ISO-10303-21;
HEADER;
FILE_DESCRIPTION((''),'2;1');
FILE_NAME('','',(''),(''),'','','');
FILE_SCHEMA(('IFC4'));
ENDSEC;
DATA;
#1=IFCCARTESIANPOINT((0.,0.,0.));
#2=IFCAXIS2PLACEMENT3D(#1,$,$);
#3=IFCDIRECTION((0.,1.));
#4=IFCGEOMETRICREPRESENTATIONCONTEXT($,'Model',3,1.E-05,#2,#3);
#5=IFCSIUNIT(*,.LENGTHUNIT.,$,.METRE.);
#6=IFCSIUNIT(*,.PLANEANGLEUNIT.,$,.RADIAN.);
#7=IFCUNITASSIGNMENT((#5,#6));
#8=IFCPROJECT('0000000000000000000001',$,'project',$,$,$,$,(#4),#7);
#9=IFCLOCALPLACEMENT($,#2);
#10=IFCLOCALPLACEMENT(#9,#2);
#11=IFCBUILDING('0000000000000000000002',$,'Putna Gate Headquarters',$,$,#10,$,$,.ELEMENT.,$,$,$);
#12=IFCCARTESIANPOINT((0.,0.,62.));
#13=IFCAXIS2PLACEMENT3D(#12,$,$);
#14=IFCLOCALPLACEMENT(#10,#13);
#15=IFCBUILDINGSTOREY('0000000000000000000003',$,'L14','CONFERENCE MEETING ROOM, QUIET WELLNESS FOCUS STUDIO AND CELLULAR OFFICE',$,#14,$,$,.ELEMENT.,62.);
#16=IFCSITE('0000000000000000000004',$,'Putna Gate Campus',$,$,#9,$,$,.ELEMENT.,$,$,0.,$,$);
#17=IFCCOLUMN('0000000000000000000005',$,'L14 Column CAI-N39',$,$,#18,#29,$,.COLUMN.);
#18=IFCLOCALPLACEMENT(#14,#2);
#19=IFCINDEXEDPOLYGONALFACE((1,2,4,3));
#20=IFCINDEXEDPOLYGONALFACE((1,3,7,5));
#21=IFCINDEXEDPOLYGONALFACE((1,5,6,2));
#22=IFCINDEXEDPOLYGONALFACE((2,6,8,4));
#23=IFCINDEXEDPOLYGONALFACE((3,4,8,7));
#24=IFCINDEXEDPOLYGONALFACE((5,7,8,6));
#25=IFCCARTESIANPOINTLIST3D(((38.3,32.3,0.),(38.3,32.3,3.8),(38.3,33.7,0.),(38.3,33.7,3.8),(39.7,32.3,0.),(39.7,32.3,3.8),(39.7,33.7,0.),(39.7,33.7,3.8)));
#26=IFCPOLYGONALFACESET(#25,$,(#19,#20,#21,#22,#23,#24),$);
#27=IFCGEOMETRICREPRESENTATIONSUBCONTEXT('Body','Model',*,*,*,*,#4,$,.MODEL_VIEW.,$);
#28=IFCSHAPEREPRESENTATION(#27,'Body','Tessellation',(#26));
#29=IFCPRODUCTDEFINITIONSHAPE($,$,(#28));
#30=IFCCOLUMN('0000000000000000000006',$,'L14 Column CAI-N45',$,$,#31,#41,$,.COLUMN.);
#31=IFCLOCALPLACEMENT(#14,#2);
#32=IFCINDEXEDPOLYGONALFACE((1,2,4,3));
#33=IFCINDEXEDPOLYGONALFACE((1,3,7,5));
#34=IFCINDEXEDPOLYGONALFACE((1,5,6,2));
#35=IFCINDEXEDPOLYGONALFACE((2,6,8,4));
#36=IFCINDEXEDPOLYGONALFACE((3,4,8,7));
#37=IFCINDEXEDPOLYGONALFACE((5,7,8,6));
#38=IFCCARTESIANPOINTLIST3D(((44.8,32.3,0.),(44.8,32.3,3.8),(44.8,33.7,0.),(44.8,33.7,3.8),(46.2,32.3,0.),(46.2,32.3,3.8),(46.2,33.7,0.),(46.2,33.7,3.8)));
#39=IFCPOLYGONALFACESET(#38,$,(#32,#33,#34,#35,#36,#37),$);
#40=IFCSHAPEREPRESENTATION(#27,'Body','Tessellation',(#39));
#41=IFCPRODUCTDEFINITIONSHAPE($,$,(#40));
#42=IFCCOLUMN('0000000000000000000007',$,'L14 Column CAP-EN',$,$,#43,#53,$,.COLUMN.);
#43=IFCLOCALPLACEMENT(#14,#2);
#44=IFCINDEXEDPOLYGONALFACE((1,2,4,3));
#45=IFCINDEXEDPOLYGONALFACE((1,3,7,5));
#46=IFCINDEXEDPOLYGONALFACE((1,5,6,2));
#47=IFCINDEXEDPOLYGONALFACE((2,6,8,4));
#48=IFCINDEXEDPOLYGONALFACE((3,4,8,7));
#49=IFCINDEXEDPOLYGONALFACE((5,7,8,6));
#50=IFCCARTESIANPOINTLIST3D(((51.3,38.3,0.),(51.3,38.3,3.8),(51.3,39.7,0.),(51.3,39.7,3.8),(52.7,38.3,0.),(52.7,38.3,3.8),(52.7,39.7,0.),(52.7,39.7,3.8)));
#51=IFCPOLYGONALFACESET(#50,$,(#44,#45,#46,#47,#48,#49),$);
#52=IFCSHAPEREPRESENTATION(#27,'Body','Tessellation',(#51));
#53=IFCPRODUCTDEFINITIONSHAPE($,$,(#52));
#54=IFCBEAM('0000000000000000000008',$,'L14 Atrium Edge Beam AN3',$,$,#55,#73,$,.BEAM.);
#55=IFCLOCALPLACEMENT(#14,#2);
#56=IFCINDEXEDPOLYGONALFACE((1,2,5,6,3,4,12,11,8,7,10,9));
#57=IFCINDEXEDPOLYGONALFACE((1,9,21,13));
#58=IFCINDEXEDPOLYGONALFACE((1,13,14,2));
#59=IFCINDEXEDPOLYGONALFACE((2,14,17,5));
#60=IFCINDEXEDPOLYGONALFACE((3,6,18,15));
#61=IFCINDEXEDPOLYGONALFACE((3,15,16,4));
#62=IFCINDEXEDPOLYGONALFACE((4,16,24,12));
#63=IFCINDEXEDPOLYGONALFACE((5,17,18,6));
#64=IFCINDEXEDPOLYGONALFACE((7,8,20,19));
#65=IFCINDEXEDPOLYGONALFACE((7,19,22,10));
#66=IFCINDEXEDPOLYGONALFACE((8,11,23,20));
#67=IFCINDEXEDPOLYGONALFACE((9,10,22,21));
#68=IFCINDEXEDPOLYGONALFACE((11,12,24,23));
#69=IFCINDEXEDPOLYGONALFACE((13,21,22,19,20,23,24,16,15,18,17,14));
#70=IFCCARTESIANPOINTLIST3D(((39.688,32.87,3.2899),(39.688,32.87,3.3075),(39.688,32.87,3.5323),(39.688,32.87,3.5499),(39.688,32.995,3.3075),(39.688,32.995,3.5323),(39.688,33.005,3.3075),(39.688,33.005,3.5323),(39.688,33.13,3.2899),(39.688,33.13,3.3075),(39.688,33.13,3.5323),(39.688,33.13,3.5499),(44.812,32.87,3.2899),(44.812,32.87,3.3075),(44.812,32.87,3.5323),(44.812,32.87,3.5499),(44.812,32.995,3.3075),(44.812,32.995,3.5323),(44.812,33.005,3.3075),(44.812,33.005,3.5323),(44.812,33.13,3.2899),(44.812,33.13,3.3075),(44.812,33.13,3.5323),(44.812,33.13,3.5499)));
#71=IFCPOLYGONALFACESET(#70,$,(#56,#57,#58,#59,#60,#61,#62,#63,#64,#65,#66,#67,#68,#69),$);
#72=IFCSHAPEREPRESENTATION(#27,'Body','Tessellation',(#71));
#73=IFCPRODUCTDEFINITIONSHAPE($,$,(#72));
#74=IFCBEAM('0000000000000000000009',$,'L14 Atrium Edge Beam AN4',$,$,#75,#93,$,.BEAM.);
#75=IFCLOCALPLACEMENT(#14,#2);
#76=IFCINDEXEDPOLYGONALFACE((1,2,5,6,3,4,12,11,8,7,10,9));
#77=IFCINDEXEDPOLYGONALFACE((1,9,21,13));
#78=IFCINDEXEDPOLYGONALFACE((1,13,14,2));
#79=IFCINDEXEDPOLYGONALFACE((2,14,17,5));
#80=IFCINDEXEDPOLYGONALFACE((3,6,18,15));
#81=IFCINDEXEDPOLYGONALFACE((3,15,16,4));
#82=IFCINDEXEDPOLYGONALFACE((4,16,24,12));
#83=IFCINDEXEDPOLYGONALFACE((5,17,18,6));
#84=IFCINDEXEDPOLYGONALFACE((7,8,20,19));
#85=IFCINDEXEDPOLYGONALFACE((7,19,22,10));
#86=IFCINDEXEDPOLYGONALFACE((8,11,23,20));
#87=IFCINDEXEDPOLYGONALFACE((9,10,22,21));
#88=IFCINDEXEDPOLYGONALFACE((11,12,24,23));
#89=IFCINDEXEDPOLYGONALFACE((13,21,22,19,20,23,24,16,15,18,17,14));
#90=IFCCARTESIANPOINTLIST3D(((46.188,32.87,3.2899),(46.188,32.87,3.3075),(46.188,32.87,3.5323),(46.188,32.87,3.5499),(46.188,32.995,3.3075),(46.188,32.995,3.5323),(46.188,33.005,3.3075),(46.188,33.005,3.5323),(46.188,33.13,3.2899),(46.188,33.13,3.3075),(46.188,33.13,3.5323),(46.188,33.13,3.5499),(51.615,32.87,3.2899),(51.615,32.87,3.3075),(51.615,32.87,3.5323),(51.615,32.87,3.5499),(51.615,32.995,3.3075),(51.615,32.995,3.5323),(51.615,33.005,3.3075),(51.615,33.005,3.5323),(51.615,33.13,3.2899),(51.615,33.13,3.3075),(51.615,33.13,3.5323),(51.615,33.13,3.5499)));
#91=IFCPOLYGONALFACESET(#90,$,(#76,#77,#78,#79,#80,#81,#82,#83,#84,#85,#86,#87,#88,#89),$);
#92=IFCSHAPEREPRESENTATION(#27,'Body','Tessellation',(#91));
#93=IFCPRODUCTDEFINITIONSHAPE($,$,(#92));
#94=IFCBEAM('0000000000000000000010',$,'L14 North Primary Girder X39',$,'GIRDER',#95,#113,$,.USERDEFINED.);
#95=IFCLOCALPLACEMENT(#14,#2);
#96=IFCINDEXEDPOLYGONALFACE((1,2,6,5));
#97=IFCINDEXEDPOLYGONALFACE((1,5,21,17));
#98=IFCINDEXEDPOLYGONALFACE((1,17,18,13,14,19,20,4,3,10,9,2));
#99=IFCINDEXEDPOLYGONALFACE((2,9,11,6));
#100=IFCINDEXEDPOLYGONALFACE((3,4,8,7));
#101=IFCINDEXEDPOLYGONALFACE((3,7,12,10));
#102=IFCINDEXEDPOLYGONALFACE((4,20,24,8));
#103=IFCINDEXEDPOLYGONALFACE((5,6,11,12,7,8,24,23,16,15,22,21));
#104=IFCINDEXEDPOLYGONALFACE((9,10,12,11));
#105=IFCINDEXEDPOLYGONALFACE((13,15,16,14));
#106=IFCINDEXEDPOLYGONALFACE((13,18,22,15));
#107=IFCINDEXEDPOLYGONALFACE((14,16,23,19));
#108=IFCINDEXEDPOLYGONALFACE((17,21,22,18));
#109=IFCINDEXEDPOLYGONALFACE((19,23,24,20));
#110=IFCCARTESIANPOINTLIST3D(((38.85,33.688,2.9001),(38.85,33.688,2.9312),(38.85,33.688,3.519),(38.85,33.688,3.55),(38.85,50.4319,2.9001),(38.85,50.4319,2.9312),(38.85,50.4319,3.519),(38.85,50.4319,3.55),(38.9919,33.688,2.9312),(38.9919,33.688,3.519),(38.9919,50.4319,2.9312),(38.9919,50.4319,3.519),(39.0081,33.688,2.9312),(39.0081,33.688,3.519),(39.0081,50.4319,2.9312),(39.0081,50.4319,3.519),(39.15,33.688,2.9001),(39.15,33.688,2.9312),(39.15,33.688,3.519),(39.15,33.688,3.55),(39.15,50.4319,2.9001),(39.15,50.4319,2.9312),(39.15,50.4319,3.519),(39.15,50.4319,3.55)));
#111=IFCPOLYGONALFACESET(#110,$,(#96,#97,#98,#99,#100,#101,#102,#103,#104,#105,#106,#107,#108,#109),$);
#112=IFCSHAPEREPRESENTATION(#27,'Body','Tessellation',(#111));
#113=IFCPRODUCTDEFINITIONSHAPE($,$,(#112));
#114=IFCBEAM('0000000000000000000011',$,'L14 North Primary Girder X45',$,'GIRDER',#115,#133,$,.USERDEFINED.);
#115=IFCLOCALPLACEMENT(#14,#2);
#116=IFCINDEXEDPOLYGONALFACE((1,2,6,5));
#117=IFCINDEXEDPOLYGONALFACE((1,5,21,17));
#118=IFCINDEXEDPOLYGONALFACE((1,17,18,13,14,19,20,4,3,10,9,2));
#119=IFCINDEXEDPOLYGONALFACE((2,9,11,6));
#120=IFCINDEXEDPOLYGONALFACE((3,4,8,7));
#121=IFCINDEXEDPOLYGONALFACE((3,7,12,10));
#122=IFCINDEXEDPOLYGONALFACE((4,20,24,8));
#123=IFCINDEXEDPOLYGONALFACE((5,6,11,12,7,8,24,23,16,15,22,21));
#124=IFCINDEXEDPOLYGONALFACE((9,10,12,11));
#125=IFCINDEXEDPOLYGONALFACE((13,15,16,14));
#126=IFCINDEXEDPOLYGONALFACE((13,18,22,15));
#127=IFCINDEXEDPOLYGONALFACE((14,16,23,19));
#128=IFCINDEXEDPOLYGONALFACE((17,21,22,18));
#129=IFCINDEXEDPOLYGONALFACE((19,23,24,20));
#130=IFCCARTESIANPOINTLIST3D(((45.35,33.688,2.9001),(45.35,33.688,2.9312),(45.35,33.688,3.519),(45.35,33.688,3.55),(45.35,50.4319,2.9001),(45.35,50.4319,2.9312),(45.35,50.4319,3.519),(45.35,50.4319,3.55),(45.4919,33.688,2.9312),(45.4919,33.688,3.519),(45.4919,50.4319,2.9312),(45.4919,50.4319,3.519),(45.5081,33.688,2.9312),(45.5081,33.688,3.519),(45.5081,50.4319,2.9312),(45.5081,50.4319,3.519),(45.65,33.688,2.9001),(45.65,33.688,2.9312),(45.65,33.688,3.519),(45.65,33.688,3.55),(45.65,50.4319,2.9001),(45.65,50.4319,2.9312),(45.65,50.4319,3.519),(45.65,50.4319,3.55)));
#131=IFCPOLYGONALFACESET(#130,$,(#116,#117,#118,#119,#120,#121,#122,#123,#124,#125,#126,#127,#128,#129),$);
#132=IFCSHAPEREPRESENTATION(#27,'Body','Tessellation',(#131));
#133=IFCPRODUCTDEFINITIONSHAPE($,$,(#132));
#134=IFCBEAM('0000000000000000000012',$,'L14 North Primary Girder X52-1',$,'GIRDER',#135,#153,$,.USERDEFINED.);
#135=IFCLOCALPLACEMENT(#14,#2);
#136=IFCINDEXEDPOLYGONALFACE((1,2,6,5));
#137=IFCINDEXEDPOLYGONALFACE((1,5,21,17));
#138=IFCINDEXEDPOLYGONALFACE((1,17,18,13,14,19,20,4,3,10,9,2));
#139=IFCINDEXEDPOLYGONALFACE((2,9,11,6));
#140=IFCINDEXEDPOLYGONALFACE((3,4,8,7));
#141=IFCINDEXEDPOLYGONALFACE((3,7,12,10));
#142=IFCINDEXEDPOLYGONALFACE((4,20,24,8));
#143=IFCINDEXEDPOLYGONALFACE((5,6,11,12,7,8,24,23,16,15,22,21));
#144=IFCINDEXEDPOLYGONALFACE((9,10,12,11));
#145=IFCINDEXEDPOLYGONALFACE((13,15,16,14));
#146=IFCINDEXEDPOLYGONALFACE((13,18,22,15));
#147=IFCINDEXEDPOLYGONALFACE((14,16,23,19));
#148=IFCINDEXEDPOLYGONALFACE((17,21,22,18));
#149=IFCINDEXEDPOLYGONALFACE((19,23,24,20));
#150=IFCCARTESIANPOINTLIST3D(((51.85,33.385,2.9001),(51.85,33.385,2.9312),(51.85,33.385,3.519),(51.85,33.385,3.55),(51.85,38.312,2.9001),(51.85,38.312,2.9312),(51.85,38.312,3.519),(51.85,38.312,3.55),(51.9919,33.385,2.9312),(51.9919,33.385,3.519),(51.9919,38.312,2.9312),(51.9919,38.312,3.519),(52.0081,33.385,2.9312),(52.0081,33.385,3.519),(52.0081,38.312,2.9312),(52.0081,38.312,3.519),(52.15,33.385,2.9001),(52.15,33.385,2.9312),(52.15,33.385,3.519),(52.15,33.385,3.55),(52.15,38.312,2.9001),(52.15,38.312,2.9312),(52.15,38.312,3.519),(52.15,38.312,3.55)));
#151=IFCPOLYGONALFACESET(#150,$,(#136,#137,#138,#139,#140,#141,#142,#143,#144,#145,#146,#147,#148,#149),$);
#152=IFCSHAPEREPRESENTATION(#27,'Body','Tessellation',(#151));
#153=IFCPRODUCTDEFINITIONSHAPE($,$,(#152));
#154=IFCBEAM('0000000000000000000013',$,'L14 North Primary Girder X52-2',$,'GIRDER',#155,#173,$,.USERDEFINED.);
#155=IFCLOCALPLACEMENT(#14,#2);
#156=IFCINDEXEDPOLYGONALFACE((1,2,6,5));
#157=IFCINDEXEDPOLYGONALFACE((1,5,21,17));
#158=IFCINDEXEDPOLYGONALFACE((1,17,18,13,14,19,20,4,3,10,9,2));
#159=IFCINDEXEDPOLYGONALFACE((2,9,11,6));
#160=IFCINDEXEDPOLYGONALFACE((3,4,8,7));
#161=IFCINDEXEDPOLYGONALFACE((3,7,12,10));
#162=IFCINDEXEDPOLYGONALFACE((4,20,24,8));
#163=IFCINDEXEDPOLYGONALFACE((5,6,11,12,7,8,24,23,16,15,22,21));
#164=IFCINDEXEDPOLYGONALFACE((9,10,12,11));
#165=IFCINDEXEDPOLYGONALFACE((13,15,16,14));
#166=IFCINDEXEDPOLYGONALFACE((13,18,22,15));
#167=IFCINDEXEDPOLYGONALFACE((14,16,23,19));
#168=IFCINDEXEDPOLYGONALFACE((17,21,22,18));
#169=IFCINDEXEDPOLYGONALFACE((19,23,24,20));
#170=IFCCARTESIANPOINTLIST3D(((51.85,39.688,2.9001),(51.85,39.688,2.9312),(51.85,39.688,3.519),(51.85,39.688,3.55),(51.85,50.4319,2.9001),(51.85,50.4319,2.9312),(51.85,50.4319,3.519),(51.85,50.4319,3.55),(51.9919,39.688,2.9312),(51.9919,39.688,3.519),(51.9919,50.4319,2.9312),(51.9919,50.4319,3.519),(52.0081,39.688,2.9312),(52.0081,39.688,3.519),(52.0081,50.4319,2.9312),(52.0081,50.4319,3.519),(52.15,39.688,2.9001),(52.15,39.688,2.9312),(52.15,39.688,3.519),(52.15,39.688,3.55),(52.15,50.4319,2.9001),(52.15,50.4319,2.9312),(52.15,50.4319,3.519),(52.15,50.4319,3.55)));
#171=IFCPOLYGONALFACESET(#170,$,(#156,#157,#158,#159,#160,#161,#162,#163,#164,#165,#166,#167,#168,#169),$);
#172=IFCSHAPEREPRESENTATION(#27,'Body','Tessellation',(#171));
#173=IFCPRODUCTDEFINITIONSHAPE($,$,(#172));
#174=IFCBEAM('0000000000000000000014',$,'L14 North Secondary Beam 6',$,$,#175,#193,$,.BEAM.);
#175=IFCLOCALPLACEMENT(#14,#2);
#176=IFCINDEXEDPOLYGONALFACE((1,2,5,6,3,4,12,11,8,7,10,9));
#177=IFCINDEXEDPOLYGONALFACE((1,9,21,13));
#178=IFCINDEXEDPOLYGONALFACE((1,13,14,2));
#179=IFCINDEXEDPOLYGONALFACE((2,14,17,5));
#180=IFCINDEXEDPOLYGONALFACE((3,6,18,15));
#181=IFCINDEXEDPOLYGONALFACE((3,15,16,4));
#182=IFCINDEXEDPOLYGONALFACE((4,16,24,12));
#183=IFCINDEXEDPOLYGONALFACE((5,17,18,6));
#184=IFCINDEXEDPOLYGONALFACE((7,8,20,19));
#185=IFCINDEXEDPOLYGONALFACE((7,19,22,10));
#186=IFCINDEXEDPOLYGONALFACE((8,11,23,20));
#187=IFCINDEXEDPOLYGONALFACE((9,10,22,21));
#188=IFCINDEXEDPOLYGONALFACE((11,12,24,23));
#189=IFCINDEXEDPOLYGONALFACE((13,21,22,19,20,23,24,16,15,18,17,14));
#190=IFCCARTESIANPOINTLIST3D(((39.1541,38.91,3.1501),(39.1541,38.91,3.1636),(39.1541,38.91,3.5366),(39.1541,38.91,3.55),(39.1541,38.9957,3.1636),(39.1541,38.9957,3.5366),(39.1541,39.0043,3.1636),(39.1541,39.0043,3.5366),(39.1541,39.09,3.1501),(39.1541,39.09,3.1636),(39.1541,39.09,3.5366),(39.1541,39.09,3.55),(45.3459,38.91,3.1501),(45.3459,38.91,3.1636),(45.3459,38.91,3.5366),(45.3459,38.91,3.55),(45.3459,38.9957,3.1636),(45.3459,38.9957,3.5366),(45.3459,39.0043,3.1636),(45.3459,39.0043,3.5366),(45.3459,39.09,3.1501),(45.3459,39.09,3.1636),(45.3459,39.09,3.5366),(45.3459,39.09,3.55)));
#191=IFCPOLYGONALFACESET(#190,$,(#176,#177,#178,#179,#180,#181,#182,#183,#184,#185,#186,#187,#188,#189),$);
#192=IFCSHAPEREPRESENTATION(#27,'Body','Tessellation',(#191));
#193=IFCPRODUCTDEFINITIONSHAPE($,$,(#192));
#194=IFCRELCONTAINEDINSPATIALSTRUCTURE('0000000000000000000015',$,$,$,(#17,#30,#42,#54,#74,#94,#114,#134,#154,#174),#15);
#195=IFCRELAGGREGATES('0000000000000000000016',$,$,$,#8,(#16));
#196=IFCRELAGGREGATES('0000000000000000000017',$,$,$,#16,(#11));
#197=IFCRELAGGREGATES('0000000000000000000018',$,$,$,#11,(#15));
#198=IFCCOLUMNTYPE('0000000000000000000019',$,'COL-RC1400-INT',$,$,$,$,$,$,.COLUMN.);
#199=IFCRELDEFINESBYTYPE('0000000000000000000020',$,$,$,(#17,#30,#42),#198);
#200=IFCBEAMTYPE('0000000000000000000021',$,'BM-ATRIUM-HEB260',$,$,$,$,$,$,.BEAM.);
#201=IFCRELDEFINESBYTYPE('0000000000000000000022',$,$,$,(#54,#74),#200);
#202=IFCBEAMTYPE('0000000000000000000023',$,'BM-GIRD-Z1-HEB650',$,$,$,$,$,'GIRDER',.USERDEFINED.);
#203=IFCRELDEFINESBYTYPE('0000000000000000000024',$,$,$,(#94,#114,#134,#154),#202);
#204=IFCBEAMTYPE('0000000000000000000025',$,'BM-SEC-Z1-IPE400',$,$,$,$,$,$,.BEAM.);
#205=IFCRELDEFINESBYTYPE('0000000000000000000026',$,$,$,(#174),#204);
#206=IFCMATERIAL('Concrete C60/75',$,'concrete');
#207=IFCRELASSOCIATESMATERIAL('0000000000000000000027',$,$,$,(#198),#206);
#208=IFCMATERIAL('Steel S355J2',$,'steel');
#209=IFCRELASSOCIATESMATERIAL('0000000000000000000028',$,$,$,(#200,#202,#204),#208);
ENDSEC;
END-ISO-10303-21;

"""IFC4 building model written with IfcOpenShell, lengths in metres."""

from ifc_helpers import new_model, si_unit, direction, frame, origin, origin_2d, place, context, subcontext, project, spatial, rectangle, i_section, extrude, material, material_profile, profile_set, type_object, element, save


model = new_model("IFC4")

# Units and contexts
model_context = context("Model", 3, precision=1e-05, world=origin(), true_north=direction((0.0, 1.0)))
body_context = subcontext(model_context, "Body", "Model", "MODEL_VIEW")
ifc_project = project(units=[si_unit("LENGTHUNIT", "METRE"), si_unit("PLANEANGLEUNIT", "RADIAN")], contexts=[model_context])

# Site, building, storey
site_placement = place(None, origin())
site = spatial("IfcSite", under=ifc_project, at=site_placement, Name="Putna Gate Campus", CompositionType="ELEMENT", RefElevation=0.0)
building_placement = place(site_placement, origin())
building = spatial("IfcBuilding", under=site, at=building_placement, Name="Putna Gate Headquarters", CompositionType="ELEMENT")
storey_placement = place(building_placement, frame((0.0, 0.0, 62.0)))
storey = spatial("IfcBuildingStorey", under=building, at=storey_placement, Name="L14", Description="CONFERENCE MEETING ROOM, QUIET WELLNESS FOCUS STUDIO AND CELLULAR OFFICE", CompositionType="ELEMENT", Elevation=62.0)

# Columns
ifc_material_1 = material(Name="Concrete C60/75", Category="concrete")
ifc_material_profile_1 = material_profile(ifc_material_1, rectangle(XDim=1.3999, YDim=1.3999, at=origin_2d()), Name="Concrete C60/75")
ifc_profile_set_1 = profile_set([ifc_material_profile_1], Name="Concrete C60/75")
column_type = type_object("IfcColumnType", Name="COL-RC1400-INT", PredefinedType="COLUMN", material=ifc_profile_set_1)
for number, where, z_axis, x_axis, name in (
    (1, (39.0, 33.0, 0.0), (0.0, 0.0, 1.0), (1.0, 0.0, 0.0), "L14 Column CAI-N39"),
    (2, (45.5, 33.0, 0.0), (0.0, 0.0, 1.0), (1.0, 0.0, 0.0), "L14 Column CAI-N45"),
    (3, (52.0, 39.0, 0.0), (0.0, 0.0, 1.0), (1.0, 0.0, 0.0), "L14 Column CAP-EN"),
):
    element("IfcColumn", number, at=place(storey_placement, frame(where, z_axis=z_axis, x_axis=x_axis)), inside=storey, type_object=column_type, Name=name, PredefinedType="COLUMN", context=body_context, shape_type="SweptSolid", body=[
        extrude(rectangle(XDim=1.3999, YDim=1.3999, at=origin_2d()), origin(), (0.0, 0.0, 1.0), 3.8),
    ])

# Beams
ifc_material_2 = material(Name="Steel S355J2", Category="steel")
ifc_material_profile_2 = material_profile(ifc_material_2, i_section(OverallWidth=0.26, OverallDepth=0.26, WebThickness=0.01, FlangeThickness=0.0176, at=origin_2d()), Name="Steel S355J2")
ifc_profile_set_2 = profile_set([ifc_material_profile_2], Name="Steel S355J2")
beam_type_1 = type_object("IfcBeamType", Name="BM-ATRIUM-HEB260", PredefinedType="BEAM", material=ifc_profile_set_2)
beam_1_placement = place(storey_placement, frame((39.688, 33.0, 3.4199), z_axis=(1.0, 0.0, 0.0), x_axis=(0.0, 1.0, 0.0)))
element("IfcBeam", 4, at=beam_1_placement, inside=storey, type_object=beam_type_1, Name="L14 Atrium Edge Beam AN3", PredefinedType="BEAM", context=body_context, shape_type="SweptSolid", body=[
    extrude(i_section(OverallWidth=0.26, OverallDepth=0.26, WebThickness=0.01, FlangeThickness=0.0176, at=origin_2d()), origin(), (0.0, 0.0, 1.0), 5.124),
])
beam_2_placement = place(storey_placement, frame((46.188, 33.0, 3.4199), z_axis=(1.0, 0.0, 0.0), x_axis=(0.0, 1.0, 0.0)))
element("IfcBeam", 5, at=beam_2_placement, inside=storey, type_object=beam_type_1, Name="L14 Atrium Edge Beam AN4", PredefinedType="BEAM", context=body_context, shape_type="SweptSolid", body=[
    extrude(i_section(OverallWidth=0.26, OverallDepth=0.26, WebThickness=0.01, FlangeThickness=0.0176, at=origin_2d()), origin(), (0.0, 0.0, 1.0), 5.427),
])
ifc_material_profile_3 = material_profile(ifc_material_2, i_section(OverallWidth=0.3, OverallDepth=0.6499, WebThickness=0.0161, FlangeThickness=0.031, at=origin_2d()), Name="Steel S355J2")
ifc_profile_set_3 = profile_set([ifc_material_profile_3], Name="Steel S355J2")
beam_type_2 = type_object("IfcBeamType", Name="BM-GIRD-Z1-HEB650", ElementType="GIRDER", PredefinedType="USERDEFINED", material=ifc_profile_set_3)
for number, where, z_axis, x_axis, name in (
    (6, (39.0, 33.688, 3.2251), (0.0, 1.0, 0.0), (-1.0, 0.0, 0.0), "L14 North Primary Girder X39"),
    (7, (45.5, 33.688, 3.2251), (0.0, 1.0, 0.0), (-1.0, 0.0, 0.0), "L14 North Primary Girder X45"),
):
    element("IfcBeam", number, at=place(storey_placement, frame(where, z_axis=z_axis, x_axis=x_axis)), inside=storey, type_object=beam_type_2, Name=name, ObjectType="GIRDER", PredefinedType="USERDEFINED", context=body_context, shape_type="SweptSolid", body=[
        extrude(i_section(OverallWidth=0.3, OverallDepth=0.6499, WebThickness=0.0161, FlangeThickness=0.031, at=origin_2d()), origin(), (0.0, 0.0, 1.0), 16.7439),
    ])
beam_3_placement = place(storey_placement, frame((52.0, 33.385, 3.2251), z_axis=(0.0, 1.0, 0.0), x_axis=(-1.0, 0.0, 0.0)))
element("IfcBeam", 8, at=beam_3_placement, inside=storey, type_object=beam_type_2, Name="L14 North Primary Girder X52-1", ObjectType="GIRDER", PredefinedType="USERDEFINED", context=body_context, shape_type="SweptSolid", body=[
    extrude(i_section(OverallWidth=0.3, OverallDepth=0.6499, WebThickness=0.0161, FlangeThickness=0.031, at=origin_2d()), origin(), (0.0, 0.0, 1.0), 4.927),
])
beam_4_placement = place(storey_placement, frame((52.0, 39.688, 3.2251), z_axis=(0.0, 1.0, 0.0), x_axis=(-1.0, 0.0, 0.0)))
element("IfcBeam", 9, at=beam_4_placement, inside=storey, type_object=beam_type_2, Name="L14 North Primary Girder X52-2", ObjectType="GIRDER", PredefinedType="USERDEFINED", context=body_context, shape_type="SweptSolid", body=[
    extrude(i_section(OverallWidth=0.3, OverallDepth=0.6499, WebThickness=0.0161, FlangeThickness=0.031, at=origin_2d()), origin(), (0.0, 0.0, 1.0), 10.7439),
])
ifc_material_profile_4 = material_profile(ifc_material_2, i_section(OverallWidth=0.1799, OverallDepth=0.3999, WebThickness=0.0085, FlangeThickness=0.0134, at=origin_2d()), Name="Steel S355J2")
ifc_profile_set_4 = profile_set([ifc_material_profile_4], Name="Steel S355J2")
beam_type_3 = type_object("IfcBeamType", Name="BM-SEC-Z1-IPE400", PredefinedType="BEAM", material=ifc_profile_set_4)
beam_5_placement = place(storey_placement, frame((39.1541, 39.0, 3.3501), z_axis=(1.0, 0.0, 0.0), x_axis=(0.0, 1.0, 0.0)))
element("IfcBeam", 10, at=beam_5_placement, inside=storey, type_object=beam_type_3, Name="L14 North Secondary Beam 6", PredefinedType="BEAM", context=body_context, shape_type="SweptSolid", body=[
    extrude(i_section(OverallWidth=0.1799, OverallDepth=0.3999, WebThickness=0.0085, FlangeThickness=0.0134, at=origin_2d()), origin(), (0.0, 0.0, 1.0), 6.1919),
])

save(model, "model.ifc")
